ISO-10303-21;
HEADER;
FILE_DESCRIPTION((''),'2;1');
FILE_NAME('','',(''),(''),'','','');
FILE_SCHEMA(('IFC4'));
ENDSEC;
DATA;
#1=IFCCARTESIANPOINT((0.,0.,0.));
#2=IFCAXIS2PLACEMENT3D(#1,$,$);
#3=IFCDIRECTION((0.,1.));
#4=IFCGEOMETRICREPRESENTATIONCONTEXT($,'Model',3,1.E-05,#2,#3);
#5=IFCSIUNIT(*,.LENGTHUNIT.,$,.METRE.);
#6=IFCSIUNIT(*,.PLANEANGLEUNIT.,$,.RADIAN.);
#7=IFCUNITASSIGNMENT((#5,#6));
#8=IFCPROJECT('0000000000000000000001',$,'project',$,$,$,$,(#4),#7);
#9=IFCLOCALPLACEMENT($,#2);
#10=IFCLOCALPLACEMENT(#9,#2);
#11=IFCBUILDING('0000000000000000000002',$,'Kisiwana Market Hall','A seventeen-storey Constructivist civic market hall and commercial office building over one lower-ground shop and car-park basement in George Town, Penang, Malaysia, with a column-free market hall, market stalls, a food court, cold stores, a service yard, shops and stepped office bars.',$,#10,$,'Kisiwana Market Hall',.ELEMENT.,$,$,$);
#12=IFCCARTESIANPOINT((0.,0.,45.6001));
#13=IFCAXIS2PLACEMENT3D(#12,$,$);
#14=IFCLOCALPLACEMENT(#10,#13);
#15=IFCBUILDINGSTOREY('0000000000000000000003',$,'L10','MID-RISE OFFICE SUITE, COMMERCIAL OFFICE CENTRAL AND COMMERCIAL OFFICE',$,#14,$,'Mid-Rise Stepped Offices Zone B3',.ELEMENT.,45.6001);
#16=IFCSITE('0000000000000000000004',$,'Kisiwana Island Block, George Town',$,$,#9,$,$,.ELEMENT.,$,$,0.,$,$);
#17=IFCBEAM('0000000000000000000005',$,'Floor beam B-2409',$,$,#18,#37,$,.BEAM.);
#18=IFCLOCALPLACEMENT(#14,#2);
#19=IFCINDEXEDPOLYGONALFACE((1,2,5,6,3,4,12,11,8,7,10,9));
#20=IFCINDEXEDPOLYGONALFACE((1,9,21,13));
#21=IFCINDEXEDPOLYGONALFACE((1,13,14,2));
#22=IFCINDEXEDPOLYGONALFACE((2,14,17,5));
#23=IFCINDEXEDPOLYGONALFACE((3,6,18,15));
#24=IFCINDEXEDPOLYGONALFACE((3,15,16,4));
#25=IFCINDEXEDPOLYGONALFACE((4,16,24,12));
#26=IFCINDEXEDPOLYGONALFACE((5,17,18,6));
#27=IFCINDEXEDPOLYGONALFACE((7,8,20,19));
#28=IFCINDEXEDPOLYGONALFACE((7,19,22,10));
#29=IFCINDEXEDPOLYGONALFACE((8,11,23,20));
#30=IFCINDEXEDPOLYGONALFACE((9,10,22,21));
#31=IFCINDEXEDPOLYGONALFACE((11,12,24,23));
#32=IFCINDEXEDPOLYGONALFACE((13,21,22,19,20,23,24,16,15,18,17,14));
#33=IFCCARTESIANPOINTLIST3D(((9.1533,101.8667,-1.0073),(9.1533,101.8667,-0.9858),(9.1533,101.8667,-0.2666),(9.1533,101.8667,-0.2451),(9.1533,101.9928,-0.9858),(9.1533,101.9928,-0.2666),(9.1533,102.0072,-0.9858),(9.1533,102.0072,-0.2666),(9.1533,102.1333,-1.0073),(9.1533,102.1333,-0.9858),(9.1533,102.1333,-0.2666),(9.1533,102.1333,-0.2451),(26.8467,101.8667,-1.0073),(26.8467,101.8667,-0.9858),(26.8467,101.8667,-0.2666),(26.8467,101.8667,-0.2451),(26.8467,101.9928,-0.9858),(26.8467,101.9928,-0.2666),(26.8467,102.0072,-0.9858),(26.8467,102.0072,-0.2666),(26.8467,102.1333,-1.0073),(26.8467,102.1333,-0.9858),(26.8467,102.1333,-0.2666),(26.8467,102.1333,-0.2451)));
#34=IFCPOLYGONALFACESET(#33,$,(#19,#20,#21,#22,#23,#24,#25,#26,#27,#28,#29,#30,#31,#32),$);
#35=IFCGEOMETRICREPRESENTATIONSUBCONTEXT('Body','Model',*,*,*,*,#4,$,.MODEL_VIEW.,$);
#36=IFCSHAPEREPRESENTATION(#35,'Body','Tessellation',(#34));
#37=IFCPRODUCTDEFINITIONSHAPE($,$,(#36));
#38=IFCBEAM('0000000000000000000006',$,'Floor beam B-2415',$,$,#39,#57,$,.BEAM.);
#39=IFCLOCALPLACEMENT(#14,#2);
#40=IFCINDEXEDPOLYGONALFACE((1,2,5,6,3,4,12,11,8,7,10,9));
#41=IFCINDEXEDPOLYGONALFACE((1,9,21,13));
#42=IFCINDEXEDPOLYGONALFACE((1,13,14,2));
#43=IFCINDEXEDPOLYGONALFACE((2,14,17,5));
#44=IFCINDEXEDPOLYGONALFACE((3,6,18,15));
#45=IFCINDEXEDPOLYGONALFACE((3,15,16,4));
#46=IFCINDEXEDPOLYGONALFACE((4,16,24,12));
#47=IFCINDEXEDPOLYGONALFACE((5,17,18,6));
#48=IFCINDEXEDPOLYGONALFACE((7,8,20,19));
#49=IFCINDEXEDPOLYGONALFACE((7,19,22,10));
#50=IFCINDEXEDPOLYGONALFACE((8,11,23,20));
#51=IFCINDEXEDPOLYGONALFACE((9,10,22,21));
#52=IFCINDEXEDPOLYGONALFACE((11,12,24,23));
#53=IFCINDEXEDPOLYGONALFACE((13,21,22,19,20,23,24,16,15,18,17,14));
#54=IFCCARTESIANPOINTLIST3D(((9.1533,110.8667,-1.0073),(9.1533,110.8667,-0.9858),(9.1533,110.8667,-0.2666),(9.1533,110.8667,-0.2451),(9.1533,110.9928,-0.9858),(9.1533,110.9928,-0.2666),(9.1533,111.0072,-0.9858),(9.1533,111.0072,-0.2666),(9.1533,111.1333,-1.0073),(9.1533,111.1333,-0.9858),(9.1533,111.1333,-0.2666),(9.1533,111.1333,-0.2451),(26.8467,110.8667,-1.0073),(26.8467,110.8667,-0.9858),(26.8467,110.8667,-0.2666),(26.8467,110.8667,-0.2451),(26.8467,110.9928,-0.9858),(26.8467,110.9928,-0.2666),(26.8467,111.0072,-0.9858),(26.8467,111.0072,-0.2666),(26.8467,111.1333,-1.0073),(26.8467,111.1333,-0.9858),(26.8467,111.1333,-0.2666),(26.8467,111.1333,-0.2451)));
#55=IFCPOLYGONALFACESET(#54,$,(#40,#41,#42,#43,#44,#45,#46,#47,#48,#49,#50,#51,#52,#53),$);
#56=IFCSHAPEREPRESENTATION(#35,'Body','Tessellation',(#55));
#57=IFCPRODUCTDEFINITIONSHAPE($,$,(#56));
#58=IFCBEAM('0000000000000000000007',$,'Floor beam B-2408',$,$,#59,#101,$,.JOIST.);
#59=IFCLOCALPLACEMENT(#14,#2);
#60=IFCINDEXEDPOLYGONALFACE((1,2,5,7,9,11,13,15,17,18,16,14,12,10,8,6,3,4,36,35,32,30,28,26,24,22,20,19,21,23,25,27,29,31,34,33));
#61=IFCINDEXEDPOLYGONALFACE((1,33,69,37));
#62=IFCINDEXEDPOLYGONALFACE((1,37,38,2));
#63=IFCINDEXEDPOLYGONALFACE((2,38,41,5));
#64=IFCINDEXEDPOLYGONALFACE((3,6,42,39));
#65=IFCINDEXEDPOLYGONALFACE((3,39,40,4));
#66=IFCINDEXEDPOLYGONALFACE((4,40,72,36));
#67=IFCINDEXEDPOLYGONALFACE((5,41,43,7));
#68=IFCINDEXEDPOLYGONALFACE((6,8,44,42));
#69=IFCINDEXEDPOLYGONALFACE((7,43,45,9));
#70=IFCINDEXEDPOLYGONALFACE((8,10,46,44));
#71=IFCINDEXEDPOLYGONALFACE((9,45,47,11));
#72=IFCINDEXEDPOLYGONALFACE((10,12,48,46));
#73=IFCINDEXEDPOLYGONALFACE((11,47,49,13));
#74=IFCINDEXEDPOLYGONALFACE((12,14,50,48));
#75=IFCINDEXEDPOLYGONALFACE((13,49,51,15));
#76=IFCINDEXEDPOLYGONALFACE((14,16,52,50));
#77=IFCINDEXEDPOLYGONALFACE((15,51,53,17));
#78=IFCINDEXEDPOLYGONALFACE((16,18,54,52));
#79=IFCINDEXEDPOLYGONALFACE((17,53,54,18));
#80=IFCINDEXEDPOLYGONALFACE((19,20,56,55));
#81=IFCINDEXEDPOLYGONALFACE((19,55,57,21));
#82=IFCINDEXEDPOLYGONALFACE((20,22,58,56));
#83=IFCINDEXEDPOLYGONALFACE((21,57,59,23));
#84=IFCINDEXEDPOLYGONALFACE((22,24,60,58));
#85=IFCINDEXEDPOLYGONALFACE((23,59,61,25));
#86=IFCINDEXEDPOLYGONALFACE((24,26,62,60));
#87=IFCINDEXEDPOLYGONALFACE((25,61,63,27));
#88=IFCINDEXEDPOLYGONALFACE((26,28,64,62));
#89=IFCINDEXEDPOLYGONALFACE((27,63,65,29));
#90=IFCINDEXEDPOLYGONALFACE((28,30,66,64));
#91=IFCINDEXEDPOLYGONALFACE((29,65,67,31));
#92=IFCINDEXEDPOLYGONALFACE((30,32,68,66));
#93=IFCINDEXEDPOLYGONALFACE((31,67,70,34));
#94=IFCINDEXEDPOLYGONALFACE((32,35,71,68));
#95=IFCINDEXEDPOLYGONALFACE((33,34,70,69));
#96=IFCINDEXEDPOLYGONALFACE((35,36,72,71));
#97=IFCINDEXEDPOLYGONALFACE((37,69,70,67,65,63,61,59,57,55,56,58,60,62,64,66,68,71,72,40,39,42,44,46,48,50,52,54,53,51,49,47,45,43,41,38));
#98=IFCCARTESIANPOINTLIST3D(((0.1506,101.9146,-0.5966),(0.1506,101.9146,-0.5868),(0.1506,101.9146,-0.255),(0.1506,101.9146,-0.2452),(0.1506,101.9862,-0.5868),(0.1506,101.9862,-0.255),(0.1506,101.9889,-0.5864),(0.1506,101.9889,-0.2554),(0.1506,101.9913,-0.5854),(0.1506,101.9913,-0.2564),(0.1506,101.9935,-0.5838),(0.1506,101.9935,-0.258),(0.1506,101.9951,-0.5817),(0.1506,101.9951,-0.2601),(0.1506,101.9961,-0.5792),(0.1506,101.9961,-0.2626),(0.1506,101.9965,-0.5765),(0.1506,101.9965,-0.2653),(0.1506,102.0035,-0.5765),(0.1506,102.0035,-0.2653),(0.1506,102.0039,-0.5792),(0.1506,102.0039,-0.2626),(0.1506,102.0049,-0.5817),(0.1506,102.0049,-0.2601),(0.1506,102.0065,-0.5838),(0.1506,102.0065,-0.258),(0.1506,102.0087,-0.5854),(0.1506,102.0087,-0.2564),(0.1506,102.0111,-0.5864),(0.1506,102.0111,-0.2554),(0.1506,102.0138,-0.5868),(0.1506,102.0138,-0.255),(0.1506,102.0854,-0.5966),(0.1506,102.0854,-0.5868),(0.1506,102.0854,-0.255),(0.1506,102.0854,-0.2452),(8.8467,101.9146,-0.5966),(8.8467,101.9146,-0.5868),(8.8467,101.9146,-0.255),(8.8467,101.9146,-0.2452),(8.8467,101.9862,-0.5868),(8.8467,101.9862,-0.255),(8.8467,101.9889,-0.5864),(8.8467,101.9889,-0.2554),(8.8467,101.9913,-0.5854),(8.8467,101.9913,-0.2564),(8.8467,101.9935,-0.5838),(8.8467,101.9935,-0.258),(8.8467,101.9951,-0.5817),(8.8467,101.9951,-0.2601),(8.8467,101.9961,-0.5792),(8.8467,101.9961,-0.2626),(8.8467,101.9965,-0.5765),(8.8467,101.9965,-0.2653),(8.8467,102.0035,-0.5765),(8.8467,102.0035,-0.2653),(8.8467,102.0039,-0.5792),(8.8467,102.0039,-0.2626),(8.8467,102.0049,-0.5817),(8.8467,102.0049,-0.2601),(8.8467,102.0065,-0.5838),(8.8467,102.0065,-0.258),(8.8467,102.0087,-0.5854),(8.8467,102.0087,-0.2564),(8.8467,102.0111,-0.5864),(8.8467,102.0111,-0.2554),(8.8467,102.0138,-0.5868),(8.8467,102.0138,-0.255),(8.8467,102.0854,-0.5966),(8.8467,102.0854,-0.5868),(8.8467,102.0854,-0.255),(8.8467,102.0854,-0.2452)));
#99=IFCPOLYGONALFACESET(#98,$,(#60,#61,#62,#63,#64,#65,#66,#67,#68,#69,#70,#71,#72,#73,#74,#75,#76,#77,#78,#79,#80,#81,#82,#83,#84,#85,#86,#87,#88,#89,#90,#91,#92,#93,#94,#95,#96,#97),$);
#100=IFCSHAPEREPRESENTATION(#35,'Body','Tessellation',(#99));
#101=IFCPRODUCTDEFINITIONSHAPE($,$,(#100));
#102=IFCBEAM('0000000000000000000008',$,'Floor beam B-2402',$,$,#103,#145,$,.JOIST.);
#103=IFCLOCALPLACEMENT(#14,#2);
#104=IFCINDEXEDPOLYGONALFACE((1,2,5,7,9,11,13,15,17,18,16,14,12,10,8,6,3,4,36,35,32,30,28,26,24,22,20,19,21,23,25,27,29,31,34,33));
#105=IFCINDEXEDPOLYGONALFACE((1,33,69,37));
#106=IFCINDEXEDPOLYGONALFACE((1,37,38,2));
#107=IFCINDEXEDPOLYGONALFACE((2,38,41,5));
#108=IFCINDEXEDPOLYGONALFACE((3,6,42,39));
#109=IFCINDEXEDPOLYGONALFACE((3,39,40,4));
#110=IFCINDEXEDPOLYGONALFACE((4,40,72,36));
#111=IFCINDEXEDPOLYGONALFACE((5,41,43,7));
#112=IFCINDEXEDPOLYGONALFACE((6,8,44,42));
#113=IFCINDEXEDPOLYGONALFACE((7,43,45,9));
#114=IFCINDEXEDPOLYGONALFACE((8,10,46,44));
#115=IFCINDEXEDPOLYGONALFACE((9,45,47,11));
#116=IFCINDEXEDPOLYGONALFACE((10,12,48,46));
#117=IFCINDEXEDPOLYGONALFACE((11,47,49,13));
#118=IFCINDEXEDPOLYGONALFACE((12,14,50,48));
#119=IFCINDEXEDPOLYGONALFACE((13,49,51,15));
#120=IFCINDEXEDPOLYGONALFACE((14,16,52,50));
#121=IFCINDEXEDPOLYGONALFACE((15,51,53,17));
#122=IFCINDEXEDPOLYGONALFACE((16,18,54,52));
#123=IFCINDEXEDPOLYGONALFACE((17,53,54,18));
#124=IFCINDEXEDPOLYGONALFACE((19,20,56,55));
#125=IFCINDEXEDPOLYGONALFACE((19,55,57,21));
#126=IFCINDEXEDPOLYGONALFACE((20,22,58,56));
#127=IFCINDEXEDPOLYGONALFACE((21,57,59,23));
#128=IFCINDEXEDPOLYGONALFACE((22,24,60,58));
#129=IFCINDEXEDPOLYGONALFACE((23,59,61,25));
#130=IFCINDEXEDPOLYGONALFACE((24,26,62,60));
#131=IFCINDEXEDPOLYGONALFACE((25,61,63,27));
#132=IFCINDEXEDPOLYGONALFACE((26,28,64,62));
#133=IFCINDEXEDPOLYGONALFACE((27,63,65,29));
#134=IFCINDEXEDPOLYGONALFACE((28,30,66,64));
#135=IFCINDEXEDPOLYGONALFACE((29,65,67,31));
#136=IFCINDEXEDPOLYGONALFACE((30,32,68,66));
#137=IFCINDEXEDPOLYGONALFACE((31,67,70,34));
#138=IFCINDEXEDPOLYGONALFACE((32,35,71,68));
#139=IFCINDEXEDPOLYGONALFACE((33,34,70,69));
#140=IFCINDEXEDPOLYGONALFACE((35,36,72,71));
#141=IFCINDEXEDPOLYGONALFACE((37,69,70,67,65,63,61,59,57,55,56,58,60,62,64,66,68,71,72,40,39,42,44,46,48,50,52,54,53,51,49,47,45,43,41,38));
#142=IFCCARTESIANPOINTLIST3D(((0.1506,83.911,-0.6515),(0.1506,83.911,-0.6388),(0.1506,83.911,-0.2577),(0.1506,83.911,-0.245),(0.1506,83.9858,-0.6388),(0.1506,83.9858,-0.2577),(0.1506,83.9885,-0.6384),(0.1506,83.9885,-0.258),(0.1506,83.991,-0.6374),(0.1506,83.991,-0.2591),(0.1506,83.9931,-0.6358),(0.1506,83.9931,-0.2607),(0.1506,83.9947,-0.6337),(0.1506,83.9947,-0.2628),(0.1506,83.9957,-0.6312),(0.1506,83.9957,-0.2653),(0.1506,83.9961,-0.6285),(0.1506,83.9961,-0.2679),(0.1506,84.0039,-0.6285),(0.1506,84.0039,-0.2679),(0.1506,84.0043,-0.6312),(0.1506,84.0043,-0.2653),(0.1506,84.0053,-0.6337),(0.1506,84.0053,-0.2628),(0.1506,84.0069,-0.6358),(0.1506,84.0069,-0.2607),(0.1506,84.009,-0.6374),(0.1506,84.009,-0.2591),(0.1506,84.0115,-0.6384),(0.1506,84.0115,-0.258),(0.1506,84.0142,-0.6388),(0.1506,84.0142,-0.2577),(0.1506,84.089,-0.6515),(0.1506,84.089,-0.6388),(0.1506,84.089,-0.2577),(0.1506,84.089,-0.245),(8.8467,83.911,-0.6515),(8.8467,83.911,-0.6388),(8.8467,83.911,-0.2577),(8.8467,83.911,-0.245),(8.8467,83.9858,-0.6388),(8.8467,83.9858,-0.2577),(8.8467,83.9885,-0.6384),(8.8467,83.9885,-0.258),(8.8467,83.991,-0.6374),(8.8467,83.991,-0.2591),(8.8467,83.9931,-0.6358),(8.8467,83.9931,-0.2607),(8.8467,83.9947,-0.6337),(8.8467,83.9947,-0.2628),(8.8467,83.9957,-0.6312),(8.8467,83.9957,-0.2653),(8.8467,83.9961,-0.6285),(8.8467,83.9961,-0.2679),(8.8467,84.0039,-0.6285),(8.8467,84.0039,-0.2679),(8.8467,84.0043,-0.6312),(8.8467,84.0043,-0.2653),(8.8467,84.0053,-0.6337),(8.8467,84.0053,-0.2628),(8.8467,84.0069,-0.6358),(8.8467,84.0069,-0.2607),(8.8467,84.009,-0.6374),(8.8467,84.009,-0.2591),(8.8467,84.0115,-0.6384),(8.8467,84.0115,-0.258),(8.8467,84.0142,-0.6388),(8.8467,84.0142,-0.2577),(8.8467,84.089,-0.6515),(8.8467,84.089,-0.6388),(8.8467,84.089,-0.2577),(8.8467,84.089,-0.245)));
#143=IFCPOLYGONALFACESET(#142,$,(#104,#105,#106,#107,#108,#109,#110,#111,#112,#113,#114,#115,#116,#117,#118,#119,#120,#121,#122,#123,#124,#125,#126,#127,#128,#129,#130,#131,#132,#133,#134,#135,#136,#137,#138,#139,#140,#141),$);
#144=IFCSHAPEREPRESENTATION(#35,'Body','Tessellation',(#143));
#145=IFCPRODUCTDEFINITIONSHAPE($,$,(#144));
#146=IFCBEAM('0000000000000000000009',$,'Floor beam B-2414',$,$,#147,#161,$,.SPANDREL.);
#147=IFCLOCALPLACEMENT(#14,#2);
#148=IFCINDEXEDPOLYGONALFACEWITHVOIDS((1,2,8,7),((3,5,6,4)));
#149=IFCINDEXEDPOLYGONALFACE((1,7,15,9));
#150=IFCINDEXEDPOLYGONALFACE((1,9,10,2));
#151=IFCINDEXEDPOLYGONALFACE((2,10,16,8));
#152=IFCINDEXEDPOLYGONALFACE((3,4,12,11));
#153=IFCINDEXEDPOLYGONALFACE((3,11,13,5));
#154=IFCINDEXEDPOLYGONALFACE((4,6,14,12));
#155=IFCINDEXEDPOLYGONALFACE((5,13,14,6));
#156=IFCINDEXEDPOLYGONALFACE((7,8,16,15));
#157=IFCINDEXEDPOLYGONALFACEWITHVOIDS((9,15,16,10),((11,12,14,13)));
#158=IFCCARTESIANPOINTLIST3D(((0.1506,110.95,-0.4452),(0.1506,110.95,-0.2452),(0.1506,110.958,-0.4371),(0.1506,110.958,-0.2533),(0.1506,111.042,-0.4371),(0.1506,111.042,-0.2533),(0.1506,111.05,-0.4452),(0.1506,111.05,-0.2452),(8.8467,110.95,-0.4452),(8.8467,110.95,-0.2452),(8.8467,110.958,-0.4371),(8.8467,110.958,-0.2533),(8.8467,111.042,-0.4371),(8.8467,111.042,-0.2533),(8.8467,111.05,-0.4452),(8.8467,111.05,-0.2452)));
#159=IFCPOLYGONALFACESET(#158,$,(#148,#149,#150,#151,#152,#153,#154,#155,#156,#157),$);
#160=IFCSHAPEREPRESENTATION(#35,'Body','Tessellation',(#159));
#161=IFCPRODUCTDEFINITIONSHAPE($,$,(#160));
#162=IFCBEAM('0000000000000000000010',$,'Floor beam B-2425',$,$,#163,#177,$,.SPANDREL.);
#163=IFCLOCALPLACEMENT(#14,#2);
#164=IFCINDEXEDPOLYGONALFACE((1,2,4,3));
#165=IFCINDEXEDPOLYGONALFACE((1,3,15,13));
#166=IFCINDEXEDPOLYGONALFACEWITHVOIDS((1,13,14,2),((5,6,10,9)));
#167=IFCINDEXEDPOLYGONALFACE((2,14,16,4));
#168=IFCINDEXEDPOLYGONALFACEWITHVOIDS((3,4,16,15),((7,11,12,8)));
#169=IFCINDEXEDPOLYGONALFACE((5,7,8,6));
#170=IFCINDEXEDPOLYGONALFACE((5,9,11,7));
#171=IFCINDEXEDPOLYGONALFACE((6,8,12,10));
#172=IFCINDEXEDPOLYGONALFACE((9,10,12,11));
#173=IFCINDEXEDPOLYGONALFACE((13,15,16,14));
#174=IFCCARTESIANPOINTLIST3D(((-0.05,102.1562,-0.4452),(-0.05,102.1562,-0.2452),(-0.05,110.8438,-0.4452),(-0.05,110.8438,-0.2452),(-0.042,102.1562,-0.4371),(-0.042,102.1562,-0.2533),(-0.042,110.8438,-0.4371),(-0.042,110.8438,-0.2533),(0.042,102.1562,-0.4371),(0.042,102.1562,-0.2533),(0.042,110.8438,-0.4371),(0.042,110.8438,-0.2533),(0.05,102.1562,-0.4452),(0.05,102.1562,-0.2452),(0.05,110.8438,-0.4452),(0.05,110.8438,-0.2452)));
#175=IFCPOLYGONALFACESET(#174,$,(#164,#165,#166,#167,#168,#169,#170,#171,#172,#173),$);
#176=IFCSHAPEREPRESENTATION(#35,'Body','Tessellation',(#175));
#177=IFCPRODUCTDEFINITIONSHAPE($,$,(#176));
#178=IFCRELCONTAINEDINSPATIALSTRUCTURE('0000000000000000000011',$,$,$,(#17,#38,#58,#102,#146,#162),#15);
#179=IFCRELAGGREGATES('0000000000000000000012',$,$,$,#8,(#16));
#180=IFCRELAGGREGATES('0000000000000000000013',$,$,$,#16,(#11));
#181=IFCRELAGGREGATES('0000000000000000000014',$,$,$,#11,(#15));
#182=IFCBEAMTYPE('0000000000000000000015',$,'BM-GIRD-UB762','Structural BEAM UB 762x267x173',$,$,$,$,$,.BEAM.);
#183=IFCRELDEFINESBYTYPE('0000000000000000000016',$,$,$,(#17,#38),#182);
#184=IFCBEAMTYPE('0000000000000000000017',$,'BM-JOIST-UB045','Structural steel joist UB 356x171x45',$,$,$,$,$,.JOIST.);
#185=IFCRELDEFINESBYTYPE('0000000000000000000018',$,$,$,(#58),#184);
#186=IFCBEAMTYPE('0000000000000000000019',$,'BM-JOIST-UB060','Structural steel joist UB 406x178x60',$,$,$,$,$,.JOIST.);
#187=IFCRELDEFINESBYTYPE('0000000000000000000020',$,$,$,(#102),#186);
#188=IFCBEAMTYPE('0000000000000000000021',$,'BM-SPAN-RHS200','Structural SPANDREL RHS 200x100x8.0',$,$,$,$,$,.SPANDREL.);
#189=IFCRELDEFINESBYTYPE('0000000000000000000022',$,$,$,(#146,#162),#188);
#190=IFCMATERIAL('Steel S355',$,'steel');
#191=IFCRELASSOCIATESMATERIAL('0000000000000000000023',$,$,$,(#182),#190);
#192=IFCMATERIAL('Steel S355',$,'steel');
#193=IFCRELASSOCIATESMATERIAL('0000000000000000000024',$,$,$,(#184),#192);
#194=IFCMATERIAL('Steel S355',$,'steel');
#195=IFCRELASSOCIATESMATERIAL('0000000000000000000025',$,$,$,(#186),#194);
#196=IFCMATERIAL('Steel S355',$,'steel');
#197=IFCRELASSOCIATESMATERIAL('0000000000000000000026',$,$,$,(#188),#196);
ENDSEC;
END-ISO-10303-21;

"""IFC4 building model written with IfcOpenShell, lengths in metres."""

from ifc_helpers import new_model, si_unit, direction, frame, origin, origin_2d, place, context, subcontext, project, spatial, hollow_rectangle, i_section, extrude, material, material_profile, profile_set, type_object, element, save


model = new_model("IFC4")

# Units and contexts
model_context = context("Model", 3, precision=1e-05, world=origin(), true_north=direction((0.0, 1.0)))
body_context = subcontext(model_context, "Body", "Model", "MODEL_VIEW")
ifc_project = project(units=[si_unit("LENGTHUNIT", "METRE"), si_unit("PLANEANGLEUNIT", "RADIAN")], contexts=[model_context])

# Site, building, storey
site_placement = place(None, origin())
site = spatial("IfcSite", under=ifc_project, at=site_placement, Name="Kisiwana Island Block, George Town", CompositionType="ELEMENT", RefElevation=0.0)
building_placement = place(site_placement, origin())
building = spatial("IfcBuilding", under=site, at=building_placement, Name="Kisiwana Market Hall", Description="A seventeen-storey Constructivist civic market hall and commercial office building over one lower-ground shop and car-park basement in George Town, Penang, Malaysia, with a column-free market hall, market stalls, a food court, cold stores, a service yard, shops and stepped office bars.", LongName="Kisiwana Market Hall", CompositionType="ELEMENT")
storey_placement = place(building_placement, frame((0.0, 0.0, 45.6001)))
storey = spatial("IfcBuildingStorey", under=building, at=storey_placement, Name="L10", Description="MID-RISE OFFICE SUITE, COMMERCIAL OFFICE CENTRAL AND COMMERCIAL OFFICE", LongName="Mid-Rise Stepped Offices Zone B3", CompositionType="ELEMENT", Elevation=45.6001)

# Beams
ifc_material_1 = material(Name="Steel S355", Category="steel")
ifc_material_profile_1 = material_profile(ifc_material_1, i_section(OverallWidth=0.2666, OverallDepth=0.7622, WebThickness=0.0144, FlangeThickness=0.0215, at=origin_2d()), Name="UB 762x267x173")
ifc_profile_set_1 = profile_set([ifc_material_profile_1], Name="Steel S355")
beam_type_1 = type_object("IfcBeamType", Name="BM-GIRD-UB762", Description="Structural BEAM UB 762x267x173", PredefinedType="BEAM", material=ifc_profile_set_1)
for number, where, z_axis, x_axis, name in (
    (1, (9.1533, 102.0, -0.6262), (1.0, 0.0, 0.0), (0.0, 1.0, 0.0), "Floor beam B-2409"),
    (2, (9.1533, 111.0, -0.6262), (1.0, 0.0, 0.0), (0.0, 1.0, 0.0), "Floor beam B-2415"),
):
    element("IfcBeam", number, at=place(storey_placement, frame(where, z_axis=z_axis, x_axis=x_axis)), inside=storey, type_object=beam_type_1, Name=name, PredefinedType="BEAM", context=body_context, shape_type="SweptSolid", body=[
        extrude(i_section(OverallWidth=0.2666, OverallDepth=0.7622, WebThickness=0.0144, FlangeThickness=0.0215, at=origin_2d()), origin(), (0.0, 0.0, 1.0), 17.6934),
    ])
ifc_material_2 = material(Name="Steel S355", Category="steel")
ifc_material_profile_2 = material_profile(ifc_material_2, i_section(OverallWidth=0.1709, OverallDepth=0.3513, WebThickness=0.0071, FlangeThickness=0.0098, FilletRadius=0.0103, at=origin_2d()), Name="UB 356x171x45")
ifc_profile_set_2 = profile_set([ifc_material_profile_2], Name="Steel S355")
beam_type_2 = type_object("IfcBeamType", Name="BM-JOIST-UB045", Description="Structural steel joist UB 356x171x45", PredefinedType="JOIST", material=ifc_profile_set_2)
beam_1_placement = place(storey_placement, frame((0.1506, 102.0, -0.4209), z_axis=(1.0, 0.0, 0.0), x_axis=(0.0, 1.0, 0.0)))
element("IfcBeam", 3, at=beam_1_placement, inside=storey, type_object=beam_type_2, Name="Floor beam B-2408", PredefinedType="JOIST", context=body_context, shape_type="SweptSolid", body=[
    extrude(i_section(OverallWidth=0.1709, OverallDepth=0.3513, WebThickness=0.0071, FlangeThickness=0.0098, FilletRadius=0.0103, at=origin_2d()), origin(), (0.0, 0.0, 1.0), 8.696),
])
ifc_material_3 = material(Name="Steel S355", Category="steel")
ifc_material_profile_3 = material_profile(ifc_material_3, i_section(OverallWidth=0.178, OverallDepth=0.4065, WebThickness=0.0078, FlangeThickness=0.0127, FilletRadius=0.0103, at=origin_2d()), Name="UB 406x178x60")
ifc_profile_set_3 = profile_set([ifc_material_profile_3], Name="Steel S355")
beam_type_3 = type_object("IfcBeamType", Name="BM-JOIST-UB060", Description="Structural steel joist UB 406x178x60", PredefinedType="JOIST", material=ifc_profile_set_3)
beam_2_placement = place(storey_placement, frame((0.1506, 84.0, -0.4482), z_axis=(1.0, 0.0, 0.0), x_axis=(0.0, 1.0, 0.0)))
element("IfcBeam", 4, at=beam_2_placement, inside=storey, type_object=beam_type_3, Name="Floor beam B-2402", PredefinedType="JOIST", context=body_context, shape_type="SweptSolid", body=[
    extrude(i_section(OverallWidth=0.178, OverallDepth=0.4065, WebThickness=0.0078, FlangeThickness=0.0127, FilletRadius=0.0103, at=origin_2d()), origin(), (0.0, 0.0, 1.0), 8.696),
])
ifc_material_4 = material(Name="Steel S355", Category="steel")
ifc_material_profile_4 = material_profile(ifc_material_4, hollow_rectangle(XDim=0.1001, YDim=0.2, WallThickness=0.0081, at=origin_2d()), Name="RHS 200x100x8.0")
ifc_profile_set_4 = profile_set([ifc_material_profile_4], Name="Steel S355")
beam_type_4 = type_object("IfcBeamType", Name="BM-SPAN-RHS200", Description="Structural SPANDREL RHS 200x100x8.0", PredefinedType="SPANDREL", material=ifc_profile_set_4)
beam_3_placement = place(storey_placement, frame((0.1506, 111.0, -0.3452), z_axis=(1.0, 0.0, 0.0), x_axis=(0.0, 1.0, 0.0)))
element("IfcBeam", 5, at=beam_3_placement, inside=storey, type_object=beam_type_4, Name="Floor beam B-2414", PredefinedType="SPANDREL", context=body_context, shape_type="SweptSolid", body=[
    extrude(hollow_rectangle(XDim=0.1001, YDim=0.2, WallThickness=0.0081, at=origin_2d()), origin(), (0.0, 0.0, 1.0), 8.696),
])
beam_4_placement = place(storey_placement, frame((0.0, 102.1562, -0.3452), z_axis=(0.0, 1.0, 0.0), x_axis=(-1.0, 0.0, 0.0)))
element("IfcBeam", 6, at=beam_4_placement, inside=storey, type_object=beam_type_4, Name="Floor beam B-2425", PredefinedType="SPANDREL", context=body_context, shape_type="SweptSolid", body=[
    extrude(hollow_rectangle(XDim=0.1001, YDim=0.2, WallThickness=0.0081, at=origin_2d()), origin(), (0.0, 0.0, 1.0), 8.6875),
])

save(model, "model.ifc")
